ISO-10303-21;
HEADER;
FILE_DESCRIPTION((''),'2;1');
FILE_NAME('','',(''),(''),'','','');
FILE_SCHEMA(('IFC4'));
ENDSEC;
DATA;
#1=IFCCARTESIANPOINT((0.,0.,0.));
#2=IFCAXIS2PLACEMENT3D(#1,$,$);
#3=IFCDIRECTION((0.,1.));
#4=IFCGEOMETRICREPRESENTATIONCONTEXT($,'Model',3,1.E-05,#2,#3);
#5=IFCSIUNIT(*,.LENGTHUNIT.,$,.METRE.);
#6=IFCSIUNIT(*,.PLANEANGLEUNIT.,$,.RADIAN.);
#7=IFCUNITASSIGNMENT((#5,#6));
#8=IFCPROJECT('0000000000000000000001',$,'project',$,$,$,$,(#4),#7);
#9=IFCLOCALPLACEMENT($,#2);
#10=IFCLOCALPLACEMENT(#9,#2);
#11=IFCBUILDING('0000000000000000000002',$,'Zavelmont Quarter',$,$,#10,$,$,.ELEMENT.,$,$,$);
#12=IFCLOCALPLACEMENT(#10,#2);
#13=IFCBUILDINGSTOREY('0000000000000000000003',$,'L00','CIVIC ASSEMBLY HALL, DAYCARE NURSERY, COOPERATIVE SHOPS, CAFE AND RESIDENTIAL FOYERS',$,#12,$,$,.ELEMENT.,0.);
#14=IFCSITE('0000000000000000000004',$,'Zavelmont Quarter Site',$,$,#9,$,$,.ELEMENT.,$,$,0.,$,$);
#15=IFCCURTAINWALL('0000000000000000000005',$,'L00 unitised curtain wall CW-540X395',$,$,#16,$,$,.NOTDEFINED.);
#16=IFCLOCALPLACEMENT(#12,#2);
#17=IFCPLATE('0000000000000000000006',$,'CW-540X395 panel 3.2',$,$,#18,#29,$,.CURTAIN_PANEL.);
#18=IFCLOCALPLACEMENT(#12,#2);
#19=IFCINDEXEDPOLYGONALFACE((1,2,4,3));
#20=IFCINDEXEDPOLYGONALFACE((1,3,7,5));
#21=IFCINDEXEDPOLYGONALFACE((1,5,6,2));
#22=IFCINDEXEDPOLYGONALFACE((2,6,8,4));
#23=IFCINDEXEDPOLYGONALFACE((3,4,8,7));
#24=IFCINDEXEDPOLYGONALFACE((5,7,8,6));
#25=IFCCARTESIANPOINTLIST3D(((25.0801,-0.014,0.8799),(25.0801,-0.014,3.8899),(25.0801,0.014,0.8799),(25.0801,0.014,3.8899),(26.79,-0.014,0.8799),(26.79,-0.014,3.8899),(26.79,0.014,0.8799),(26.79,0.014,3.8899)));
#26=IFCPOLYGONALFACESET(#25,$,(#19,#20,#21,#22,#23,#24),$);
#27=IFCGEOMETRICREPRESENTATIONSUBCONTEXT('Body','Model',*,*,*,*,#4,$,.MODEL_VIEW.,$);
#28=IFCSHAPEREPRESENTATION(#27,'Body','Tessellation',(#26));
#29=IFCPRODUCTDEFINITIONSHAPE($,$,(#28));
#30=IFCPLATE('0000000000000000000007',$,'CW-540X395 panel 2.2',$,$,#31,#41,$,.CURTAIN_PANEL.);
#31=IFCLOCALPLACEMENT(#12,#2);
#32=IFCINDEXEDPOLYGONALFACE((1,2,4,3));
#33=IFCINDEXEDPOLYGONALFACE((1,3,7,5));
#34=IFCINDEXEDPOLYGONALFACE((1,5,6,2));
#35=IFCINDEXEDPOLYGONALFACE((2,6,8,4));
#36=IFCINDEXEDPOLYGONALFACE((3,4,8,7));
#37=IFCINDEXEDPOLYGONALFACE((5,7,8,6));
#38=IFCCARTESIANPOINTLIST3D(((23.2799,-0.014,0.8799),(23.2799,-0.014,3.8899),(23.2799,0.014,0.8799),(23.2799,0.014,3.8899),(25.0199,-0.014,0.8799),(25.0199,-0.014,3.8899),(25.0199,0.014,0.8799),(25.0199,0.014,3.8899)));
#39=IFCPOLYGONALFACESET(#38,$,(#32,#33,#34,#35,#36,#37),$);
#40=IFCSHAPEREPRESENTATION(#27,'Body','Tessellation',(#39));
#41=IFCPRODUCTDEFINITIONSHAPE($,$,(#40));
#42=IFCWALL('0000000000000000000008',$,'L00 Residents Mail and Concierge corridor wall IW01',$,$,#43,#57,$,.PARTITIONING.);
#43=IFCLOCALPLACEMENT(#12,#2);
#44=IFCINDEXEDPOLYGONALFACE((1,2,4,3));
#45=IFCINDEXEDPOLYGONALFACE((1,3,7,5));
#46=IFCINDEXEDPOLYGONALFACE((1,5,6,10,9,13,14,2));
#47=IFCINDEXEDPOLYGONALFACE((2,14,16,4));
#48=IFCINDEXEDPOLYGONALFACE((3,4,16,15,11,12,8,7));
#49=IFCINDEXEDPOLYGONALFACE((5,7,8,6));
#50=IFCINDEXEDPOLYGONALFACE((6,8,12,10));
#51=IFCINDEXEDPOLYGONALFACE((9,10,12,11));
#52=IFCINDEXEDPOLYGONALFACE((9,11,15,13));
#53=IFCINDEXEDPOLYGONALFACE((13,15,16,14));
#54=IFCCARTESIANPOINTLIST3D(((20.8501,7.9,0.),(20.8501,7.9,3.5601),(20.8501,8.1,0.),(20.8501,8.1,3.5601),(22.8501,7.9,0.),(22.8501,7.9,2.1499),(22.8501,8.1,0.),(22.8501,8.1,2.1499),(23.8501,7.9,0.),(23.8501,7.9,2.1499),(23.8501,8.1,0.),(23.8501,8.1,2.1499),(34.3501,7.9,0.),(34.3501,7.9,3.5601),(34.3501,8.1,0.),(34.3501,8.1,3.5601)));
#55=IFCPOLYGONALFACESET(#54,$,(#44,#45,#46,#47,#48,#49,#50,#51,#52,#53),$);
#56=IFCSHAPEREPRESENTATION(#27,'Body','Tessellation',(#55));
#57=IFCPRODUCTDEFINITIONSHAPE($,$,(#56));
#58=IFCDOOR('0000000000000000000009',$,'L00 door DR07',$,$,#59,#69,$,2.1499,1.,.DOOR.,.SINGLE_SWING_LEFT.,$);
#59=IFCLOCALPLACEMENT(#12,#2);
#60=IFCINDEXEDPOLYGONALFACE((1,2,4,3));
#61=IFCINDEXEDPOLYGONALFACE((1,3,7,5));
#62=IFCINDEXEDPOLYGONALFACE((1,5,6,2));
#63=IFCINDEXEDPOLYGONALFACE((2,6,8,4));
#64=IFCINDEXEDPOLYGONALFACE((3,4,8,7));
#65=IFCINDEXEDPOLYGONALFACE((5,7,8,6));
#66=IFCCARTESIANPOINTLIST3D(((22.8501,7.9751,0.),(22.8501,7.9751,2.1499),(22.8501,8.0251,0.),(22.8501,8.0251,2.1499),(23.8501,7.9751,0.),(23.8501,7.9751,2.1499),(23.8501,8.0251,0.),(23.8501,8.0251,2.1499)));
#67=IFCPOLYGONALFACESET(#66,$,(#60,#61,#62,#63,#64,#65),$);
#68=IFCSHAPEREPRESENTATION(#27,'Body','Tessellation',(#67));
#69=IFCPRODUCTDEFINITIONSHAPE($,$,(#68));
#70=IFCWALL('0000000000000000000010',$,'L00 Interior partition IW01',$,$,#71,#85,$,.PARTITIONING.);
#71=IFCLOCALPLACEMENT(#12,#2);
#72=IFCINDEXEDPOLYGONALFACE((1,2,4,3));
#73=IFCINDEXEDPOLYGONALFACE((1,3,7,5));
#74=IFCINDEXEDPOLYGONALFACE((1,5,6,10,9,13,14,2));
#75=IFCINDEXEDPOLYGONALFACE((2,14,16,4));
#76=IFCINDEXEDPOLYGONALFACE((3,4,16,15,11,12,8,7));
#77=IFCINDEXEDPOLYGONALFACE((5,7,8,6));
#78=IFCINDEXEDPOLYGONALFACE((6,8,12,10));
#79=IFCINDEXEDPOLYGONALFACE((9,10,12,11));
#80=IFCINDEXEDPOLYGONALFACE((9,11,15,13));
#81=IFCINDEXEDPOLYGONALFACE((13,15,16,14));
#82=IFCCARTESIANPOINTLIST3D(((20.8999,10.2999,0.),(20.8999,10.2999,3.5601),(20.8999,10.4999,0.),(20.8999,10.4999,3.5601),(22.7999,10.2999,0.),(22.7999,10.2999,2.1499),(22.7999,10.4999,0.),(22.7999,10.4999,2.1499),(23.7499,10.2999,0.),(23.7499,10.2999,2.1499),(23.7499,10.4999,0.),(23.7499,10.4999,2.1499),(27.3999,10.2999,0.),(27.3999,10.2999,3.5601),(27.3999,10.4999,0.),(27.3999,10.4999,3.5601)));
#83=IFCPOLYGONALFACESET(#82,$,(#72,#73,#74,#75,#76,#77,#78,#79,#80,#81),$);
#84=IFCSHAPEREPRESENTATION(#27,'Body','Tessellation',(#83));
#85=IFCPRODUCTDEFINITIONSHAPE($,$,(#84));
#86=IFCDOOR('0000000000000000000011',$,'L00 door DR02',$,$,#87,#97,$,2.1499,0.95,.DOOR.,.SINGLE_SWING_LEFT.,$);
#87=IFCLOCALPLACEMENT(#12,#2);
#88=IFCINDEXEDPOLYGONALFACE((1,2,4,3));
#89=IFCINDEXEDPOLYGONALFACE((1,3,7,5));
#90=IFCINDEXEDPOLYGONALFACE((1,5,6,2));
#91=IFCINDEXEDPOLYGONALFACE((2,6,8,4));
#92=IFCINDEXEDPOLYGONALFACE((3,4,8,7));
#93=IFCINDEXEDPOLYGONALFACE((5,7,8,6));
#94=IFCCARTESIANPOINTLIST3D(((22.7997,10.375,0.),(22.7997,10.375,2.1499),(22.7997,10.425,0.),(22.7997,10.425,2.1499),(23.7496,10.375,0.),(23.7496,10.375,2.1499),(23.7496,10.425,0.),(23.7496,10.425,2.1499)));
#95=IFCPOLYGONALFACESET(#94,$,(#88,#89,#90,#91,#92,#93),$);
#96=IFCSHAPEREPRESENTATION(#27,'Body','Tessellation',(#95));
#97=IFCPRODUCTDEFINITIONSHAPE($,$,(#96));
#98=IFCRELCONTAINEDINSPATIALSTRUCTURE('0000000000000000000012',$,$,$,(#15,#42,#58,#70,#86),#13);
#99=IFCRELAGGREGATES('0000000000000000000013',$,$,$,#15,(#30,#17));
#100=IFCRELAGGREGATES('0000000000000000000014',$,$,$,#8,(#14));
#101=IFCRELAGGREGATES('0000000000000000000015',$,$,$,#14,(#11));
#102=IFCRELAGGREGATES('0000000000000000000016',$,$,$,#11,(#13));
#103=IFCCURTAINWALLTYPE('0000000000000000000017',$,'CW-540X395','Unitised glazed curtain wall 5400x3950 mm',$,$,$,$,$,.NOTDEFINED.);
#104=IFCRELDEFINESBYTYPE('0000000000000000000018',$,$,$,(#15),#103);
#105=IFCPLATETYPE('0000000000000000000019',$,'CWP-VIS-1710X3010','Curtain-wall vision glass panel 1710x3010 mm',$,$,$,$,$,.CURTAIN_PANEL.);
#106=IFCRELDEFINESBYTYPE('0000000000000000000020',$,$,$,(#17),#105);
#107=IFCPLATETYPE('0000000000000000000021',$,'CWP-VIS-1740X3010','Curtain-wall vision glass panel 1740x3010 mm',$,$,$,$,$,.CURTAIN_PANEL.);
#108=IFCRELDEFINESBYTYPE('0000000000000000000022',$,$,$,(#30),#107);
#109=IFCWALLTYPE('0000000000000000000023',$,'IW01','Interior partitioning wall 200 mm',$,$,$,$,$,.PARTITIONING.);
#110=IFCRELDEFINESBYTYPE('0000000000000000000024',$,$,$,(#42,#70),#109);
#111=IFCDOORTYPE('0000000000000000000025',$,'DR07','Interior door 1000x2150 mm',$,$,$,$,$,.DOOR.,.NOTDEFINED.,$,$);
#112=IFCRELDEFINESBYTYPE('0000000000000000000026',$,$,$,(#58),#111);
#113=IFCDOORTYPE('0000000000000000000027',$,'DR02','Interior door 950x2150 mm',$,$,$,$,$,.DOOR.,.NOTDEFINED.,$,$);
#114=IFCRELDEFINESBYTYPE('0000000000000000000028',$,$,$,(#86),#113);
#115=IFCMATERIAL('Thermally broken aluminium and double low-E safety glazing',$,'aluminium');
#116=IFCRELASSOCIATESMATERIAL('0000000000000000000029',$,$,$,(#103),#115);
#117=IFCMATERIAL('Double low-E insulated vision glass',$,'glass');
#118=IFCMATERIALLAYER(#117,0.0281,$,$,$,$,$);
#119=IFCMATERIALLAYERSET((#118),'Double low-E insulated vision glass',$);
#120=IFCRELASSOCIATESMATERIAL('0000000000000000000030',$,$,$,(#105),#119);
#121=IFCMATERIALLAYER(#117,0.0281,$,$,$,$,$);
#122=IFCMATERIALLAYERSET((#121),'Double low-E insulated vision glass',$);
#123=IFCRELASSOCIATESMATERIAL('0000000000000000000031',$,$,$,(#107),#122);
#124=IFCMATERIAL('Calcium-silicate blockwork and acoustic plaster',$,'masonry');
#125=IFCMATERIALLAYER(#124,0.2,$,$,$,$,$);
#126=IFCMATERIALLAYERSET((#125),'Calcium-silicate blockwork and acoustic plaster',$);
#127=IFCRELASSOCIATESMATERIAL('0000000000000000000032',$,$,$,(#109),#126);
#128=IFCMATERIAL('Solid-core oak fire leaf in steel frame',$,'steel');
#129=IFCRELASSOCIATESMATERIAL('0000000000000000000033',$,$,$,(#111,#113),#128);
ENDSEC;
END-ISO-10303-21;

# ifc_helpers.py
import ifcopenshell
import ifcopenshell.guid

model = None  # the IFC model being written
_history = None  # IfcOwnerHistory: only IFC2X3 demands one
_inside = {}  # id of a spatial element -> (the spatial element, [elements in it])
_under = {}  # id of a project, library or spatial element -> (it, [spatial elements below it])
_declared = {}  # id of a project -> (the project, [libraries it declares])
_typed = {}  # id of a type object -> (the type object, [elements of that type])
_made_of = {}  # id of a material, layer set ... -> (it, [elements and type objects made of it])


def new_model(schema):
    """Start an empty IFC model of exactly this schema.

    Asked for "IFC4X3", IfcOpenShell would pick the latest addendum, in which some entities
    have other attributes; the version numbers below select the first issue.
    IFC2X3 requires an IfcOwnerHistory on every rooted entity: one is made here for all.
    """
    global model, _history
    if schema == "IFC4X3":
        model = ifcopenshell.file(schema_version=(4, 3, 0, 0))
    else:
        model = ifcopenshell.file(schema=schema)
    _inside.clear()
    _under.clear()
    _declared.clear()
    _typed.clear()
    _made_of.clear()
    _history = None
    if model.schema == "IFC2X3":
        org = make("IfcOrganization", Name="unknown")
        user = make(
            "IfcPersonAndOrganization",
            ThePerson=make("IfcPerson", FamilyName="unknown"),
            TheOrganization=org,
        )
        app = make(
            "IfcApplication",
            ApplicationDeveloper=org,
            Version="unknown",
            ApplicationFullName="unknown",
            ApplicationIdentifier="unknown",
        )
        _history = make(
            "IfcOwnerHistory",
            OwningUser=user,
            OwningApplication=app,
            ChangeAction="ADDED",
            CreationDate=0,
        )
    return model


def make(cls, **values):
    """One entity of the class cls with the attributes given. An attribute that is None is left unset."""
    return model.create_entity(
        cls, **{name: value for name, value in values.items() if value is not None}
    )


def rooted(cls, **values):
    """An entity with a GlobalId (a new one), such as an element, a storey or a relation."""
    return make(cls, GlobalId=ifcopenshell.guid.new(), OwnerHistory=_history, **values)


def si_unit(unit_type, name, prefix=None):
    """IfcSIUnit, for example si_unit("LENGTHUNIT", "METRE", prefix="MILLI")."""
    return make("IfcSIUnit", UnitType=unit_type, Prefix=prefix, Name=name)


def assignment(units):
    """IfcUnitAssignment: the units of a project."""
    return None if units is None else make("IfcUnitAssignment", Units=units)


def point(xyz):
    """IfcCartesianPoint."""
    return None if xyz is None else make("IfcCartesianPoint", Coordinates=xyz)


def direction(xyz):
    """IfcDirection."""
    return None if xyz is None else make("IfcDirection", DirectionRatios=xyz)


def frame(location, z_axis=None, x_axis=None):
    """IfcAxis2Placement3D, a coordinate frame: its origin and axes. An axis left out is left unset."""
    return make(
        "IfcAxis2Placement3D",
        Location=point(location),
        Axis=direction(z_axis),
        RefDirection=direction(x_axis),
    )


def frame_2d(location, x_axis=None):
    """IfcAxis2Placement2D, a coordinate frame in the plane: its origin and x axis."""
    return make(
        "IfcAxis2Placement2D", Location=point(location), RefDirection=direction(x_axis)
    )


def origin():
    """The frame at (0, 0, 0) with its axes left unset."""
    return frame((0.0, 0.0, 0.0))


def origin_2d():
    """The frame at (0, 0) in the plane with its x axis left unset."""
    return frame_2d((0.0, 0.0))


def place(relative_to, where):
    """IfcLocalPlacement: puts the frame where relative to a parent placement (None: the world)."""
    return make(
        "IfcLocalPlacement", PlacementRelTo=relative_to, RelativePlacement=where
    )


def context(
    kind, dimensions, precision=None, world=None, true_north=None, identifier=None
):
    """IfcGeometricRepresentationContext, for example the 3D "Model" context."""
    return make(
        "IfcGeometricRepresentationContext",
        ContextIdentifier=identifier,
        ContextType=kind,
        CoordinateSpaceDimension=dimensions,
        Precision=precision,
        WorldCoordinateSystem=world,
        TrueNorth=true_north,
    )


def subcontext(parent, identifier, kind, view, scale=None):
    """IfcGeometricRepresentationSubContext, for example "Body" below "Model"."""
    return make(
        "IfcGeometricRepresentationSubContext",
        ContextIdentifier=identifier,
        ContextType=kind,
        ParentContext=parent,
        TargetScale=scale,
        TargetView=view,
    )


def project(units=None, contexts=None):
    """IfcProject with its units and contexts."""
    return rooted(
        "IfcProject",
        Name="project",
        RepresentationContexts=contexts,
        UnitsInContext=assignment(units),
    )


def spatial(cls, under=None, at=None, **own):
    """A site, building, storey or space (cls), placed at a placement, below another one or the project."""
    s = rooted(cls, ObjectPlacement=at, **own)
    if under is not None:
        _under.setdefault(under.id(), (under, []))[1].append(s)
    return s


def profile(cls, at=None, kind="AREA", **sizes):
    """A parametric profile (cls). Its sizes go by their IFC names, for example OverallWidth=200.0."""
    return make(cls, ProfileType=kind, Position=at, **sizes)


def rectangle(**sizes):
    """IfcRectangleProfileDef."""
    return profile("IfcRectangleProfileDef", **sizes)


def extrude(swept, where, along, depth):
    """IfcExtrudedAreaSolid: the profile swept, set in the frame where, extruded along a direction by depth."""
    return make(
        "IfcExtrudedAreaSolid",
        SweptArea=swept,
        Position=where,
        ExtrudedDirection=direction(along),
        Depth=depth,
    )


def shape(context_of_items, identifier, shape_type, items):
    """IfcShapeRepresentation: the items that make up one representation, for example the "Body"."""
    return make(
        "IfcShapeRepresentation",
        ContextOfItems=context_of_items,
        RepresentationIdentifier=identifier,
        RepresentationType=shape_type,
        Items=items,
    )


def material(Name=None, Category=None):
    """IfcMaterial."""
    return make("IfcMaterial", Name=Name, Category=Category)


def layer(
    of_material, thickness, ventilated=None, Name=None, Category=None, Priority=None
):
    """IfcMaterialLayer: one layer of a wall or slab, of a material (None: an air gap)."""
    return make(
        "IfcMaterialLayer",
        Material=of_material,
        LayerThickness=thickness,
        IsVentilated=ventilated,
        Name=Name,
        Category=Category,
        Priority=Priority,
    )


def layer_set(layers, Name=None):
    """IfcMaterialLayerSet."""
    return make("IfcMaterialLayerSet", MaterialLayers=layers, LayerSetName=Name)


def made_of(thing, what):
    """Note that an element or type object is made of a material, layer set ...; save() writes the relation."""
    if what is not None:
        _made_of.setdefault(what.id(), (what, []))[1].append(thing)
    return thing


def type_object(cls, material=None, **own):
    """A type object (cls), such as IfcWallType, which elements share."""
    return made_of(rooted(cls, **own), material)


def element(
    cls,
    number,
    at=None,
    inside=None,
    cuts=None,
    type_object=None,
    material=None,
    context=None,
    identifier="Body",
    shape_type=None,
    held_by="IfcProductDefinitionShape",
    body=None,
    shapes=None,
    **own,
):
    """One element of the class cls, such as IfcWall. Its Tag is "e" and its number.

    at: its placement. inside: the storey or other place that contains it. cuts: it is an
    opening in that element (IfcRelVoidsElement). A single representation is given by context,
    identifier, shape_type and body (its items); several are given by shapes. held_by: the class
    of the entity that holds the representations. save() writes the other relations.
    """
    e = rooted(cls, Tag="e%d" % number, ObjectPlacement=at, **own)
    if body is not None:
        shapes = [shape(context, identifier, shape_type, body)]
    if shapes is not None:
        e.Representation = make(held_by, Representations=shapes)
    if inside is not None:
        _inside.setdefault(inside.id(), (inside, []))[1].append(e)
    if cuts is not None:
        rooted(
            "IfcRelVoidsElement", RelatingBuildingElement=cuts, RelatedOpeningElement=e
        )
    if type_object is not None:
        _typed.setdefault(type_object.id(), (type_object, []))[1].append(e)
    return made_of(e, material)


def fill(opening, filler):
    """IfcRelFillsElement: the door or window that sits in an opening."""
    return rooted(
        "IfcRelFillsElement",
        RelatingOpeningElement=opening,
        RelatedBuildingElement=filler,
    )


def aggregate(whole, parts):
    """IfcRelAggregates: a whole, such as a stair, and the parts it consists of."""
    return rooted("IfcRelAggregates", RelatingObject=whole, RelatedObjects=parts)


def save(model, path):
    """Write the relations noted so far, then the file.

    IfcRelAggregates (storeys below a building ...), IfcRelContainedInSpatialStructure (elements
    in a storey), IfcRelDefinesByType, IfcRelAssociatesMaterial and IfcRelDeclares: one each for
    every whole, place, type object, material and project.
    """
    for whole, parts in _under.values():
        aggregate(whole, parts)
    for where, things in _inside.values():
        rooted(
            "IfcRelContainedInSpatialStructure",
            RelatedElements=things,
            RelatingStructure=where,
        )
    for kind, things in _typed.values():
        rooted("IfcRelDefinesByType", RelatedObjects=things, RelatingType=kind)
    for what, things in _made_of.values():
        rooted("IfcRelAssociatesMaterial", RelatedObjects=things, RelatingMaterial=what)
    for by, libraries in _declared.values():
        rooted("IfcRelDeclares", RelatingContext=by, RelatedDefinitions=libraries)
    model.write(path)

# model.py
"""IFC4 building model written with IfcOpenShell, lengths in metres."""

from ifc_helpers import new_model, si_unit, direction, frame, frame_2d, origin, origin_2d, place, context, subcontext, project, spatial, rectangle, extrude, material, layer, layer_set, type_object, element, fill, aggregate, save


model = new_model("IFC4")

# Units and contexts
model_context = context("Model", 3, precision=1e-05, world=origin(), true_north=direction((0.0, 1.0)))
body_context = subcontext(model_context, "Body", "Model", "MODEL_VIEW")
ifc_project = project(units=[si_unit("LENGTHUNIT", "METRE"), si_unit("PLANEANGLEUNIT", "RADIAN")], contexts=[model_context])

# Site, building, storey
site_placement = place(None, origin())
site = spatial("IfcSite", under=ifc_project, at=site_placement, Name="Zavelmont Quarter Site", CompositionType="ELEMENT", RefElevation=0.0)
building_placement = place(site_placement, origin())
building = spatial("IfcBuilding", under=site, at=building_placement, Name="Zavelmont Quarter", CompositionType="ELEMENT")
storey_placement = place(building_placement, origin())
storey = spatial("IfcBuildingStorey", under=building, at=storey_placement, Name="L00", Description="CIVIC ASSEMBLY HALL, DAYCARE NURSERY, COOPERATIVE SHOPS, CAFE AND RESIDENTIAL FOYERS", CompositionType="ELEMENT", Elevation=0.0)

# Curtain wall
ifc_material_1 = material(Name="Thermally broken aluminium and double low-E safety glazing", Category="aluminium")
curtain_wall_type = type_object("IfcCurtainWallType", Name="CW-540X395", Description="Unitised glazed curtain wall 5400x3950 mm", PredefinedType="NOTDEFINED", material=ifc_material_1)
curtain_wall_placement = place(storey_placement, origin())
curtain_wall = element("IfcCurtainWall", 1, at=curtain_wall_placement, inside=storey, type_object=curtain_wall_type, Name="L00 unitised curtain wall CW-540X395", PredefinedType="NOTDEFINED")

# Plates
ifc_material_2 = material(Name="Double low-E insulated vision glass", Category="glass")
ifc_layer_1 = layer(ifc_material_2, 0.0281)
ifc_layer_set_1 = layer_set([ifc_layer_1], Name="Double low-E insulated vision glass")
plate_type_1 = type_object("IfcPlateType", Name="CWP-VIS-1710X3010", Description="Curtain-wall vision glass panel 1710x3010 mm", PredefinedType="CURTAIN_PANEL", material=ifc_layer_set_1)
plate_1_placement = place(storey_placement, frame((25.9351, 0.0, 0.8799), z_axis=(0.0, 0.0, 1.0), x_axis=(1.0, 0.0, 0.0)))
plate_1 = element("IfcPlate", 2, at=plate_1_placement, type_object=plate_type_1, Name="CW-540X395 panel 3.2", PredefinedType="CURTAIN_PANEL", context=body_context, shape_type="SweptSolid", body=[
    extrude(rectangle(XDim=1.71, YDim=0.0281, at=origin_2d()), origin(), (0.0, 0.0, 1.0), 3.01),
])
ifc_layer_2 = layer(ifc_material_2, 0.0281)
ifc_layer_set_2 = layer_set([ifc_layer_2], Name="Double low-E insulated vision glass")
plate_type_2 = type_object("IfcPlateType", Name="CWP-VIS-1740X3010", Description="Curtain-wall vision glass panel 1740x3010 mm", PredefinedType="CURTAIN_PANEL", material=ifc_layer_set_2)
plate_2_placement = place(storey_placement, frame((24.1499, 0.0, 0.8799), z_axis=(0.0, 0.0, 1.0), x_axis=(1.0, 0.0, 0.0)))
plate_2 = element("IfcPlate", 3, at=plate_2_placement, type_object=plate_type_2, Name="CW-540X395 panel 2.2", PredefinedType="CURTAIN_PANEL", context=body_context, shape_type="SweptSolid", body=[
    extrude(rectangle(XDim=1.74, YDim=0.0281, at=origin_2d()), origin(), (0.0, 0.0, 1.0), 3.01),
])
aggregate(curtain_wall, [plate_2, plate_1])

# Walls, openings, doors
ifc_material_3 = material(Name="Calcium-silicate blockwork and acoustic plaster", Category="masonry")
ifc_layer_3 = layer(ifc_material_3, 0.2)
ifc_layer_set_3 = layer_set([ifc_layer_3], Name="Calcium-silicate blockwork and acoustic plaster")
wall_type = type_object("IfcWallType", Name="IW01", Description="Interior partitioning wall 200 mm", PredefinedType="PARTITIONING", material=ifc_layer_set_3)
wall_1_placement = place(storey_placement, frame((20.8501, 8.0, 0.0), z_axis=(0.0, 0.0, 1.0), x_axis=(1.0, 0.0, 0.0)))
wall_1 = element("IfcWall", 4, at=wall_1_placement, inside=storey, type_object=wall_type, Name="L00 Residents Mail and Concierge corridor wall IW01", PredefinedType="PARTITIONING", context=body_context, shape_type="SweptSolid", body=[
    extrude(rectangle(XDim=13.5, YDim=0.2, at=frame_2d((6.75, 0.0))), origin(), (0.0, 0.0, 1.0), 3.5601),
])
opening_1_placement = place(wall_1_placement, frame((2.0, 0.0, 0.0)))
opening_1 = element("IfcOpeningElement", 5, at=opening_1_placement, cuts=wall_1, PredefinedType="OPENING", context=body_context, shape_type="SweptSolid", body=[
    extrude(rectangle(XDim=1.0, YDim=2.1499, at=frame_2d((0.5, 1.075))), frame((0.0, 0.1118, 0.0), z_axis=(0.0, -1.0, 0.0), x_axis=(1.0, 0.0, 0.0)), (0.0, 0.0, 1.0), 0.2239),
])
ifc_material_4 = material(Name="Solid-core oak fire leaf in steel frame", Category="steel")
door_type_1 = type_object("IfcDoorType", Name="DR07", Description="Interior door 1000x2150 mm", OperationType="NOTDEFINED", PredefinedType="DOOR", material=ifc_material_4)
door_1_placement = place(opening_1_placement, frame((1.0, 0.0, 0.0), z_axis=(0.0, 0.0, 1.0), x_axis=(-1.0, 0.0, 0.0)))
door_1 = element("IfcDoor", 6, at=door_1_placement, inside=storey, type_object=door_type_1, Name="L00 door DR07", OperationType="SINGLE_SWING_LEFT", OverallHeight=2.1499, OverallWidth=1.0, PredefinedType="DOOR", context=body_context, shape_type="SweptSolid", body=[
    extrude(rectangle(XDim=1.0, YDim=2.1499, at=frame_2d((0.5, 1.075))), frame((0.0, 0.0249, 0.0), z_axis=(0.0, -1.0, 0.0), x_axis=(1.0, 0.0, 0.0)), (0.0, 0.0, 1.0), 0.05),
])
fill(opening_1, door_1)
wall_2_placement = place(storey_placement, frame((20.8999, 10.3999, 0.0), z_axis=(0.0, 0.0, 1.0), x_axis=(1.0, 0.0, 0.0)))
wall_2 = element("IfcWall", 7, at=wall_2_placement, inside=storey, type_object=wall_type, Name="L00 Interior partition IW01", PredefinedType="PARTITIONING", context=body_context, shape_type="SweptSolid", body=[
    extrude(rectangle(XDim=6.5, YDim=0.2, at=frame_2d((3.25, 0.0))), origin(), (0.0, 0.0, 1.0), 3.5601),
])
opening_2_placement = place(wall_2_placement, frame((1.8999, 0.0, 0.0)))
opening_2 = element("IfcOpeningElement", 8, at=opening_2_placement, cuts=wall_2, PredefinedType="OPENING", context=body_context, shape_type="SweptSolid", body=[
    extrude(rectangle(XDim=0.95, YDim=2.1499, at=frame_2d((0.4751, 1.075))), frame((0.0, 0.1118, 0.0), z_axis=(0.0, -1.0, 0.0), x_axis=(1.0, 0.0, 0.0)), (0.0, 0.0, 1.0), 0.2239),
])
door_type_2 = type_object("IfcDoorType", Name="DR02", Description="Interior door 950x2150 mm", OperationType="NOTDEFINED", PredefinedType="DOOR", material=ifc_material_4)
door_2_placement = place(opening_2_placement, frame((0.95, 0.0, 0.0), z_axis=(0.0, 0.0, 1.0), x_axis=(-1.0, 0.0, 0.0)))
door_2 = element("IfcDoor", 9, at=door_2_placement, inside=storey, type_object=door_type_2, Name="L00 door DR02", OperationType="SINGLE_SWING_LEFT", OverallHeight=2.1499, OverallWidth=0.95, PredefinedType="DOOR", context=body_context, shape_type="SweptSolid", body=[
    extrude(rectangle(XDim=0.95, YDim=2.1499, at=frame_2d((0.4751, 1.075))), frame((0.0, 0.0249, 0.0), z_axis=(0.0, -1.0, 0.0), x_axis=(1.0, 0.0, 0.0)), (0.0, 0.0, 1.0), 0.05),
])
fill(opening_2, door_2)

save(model, "model.ifc")
